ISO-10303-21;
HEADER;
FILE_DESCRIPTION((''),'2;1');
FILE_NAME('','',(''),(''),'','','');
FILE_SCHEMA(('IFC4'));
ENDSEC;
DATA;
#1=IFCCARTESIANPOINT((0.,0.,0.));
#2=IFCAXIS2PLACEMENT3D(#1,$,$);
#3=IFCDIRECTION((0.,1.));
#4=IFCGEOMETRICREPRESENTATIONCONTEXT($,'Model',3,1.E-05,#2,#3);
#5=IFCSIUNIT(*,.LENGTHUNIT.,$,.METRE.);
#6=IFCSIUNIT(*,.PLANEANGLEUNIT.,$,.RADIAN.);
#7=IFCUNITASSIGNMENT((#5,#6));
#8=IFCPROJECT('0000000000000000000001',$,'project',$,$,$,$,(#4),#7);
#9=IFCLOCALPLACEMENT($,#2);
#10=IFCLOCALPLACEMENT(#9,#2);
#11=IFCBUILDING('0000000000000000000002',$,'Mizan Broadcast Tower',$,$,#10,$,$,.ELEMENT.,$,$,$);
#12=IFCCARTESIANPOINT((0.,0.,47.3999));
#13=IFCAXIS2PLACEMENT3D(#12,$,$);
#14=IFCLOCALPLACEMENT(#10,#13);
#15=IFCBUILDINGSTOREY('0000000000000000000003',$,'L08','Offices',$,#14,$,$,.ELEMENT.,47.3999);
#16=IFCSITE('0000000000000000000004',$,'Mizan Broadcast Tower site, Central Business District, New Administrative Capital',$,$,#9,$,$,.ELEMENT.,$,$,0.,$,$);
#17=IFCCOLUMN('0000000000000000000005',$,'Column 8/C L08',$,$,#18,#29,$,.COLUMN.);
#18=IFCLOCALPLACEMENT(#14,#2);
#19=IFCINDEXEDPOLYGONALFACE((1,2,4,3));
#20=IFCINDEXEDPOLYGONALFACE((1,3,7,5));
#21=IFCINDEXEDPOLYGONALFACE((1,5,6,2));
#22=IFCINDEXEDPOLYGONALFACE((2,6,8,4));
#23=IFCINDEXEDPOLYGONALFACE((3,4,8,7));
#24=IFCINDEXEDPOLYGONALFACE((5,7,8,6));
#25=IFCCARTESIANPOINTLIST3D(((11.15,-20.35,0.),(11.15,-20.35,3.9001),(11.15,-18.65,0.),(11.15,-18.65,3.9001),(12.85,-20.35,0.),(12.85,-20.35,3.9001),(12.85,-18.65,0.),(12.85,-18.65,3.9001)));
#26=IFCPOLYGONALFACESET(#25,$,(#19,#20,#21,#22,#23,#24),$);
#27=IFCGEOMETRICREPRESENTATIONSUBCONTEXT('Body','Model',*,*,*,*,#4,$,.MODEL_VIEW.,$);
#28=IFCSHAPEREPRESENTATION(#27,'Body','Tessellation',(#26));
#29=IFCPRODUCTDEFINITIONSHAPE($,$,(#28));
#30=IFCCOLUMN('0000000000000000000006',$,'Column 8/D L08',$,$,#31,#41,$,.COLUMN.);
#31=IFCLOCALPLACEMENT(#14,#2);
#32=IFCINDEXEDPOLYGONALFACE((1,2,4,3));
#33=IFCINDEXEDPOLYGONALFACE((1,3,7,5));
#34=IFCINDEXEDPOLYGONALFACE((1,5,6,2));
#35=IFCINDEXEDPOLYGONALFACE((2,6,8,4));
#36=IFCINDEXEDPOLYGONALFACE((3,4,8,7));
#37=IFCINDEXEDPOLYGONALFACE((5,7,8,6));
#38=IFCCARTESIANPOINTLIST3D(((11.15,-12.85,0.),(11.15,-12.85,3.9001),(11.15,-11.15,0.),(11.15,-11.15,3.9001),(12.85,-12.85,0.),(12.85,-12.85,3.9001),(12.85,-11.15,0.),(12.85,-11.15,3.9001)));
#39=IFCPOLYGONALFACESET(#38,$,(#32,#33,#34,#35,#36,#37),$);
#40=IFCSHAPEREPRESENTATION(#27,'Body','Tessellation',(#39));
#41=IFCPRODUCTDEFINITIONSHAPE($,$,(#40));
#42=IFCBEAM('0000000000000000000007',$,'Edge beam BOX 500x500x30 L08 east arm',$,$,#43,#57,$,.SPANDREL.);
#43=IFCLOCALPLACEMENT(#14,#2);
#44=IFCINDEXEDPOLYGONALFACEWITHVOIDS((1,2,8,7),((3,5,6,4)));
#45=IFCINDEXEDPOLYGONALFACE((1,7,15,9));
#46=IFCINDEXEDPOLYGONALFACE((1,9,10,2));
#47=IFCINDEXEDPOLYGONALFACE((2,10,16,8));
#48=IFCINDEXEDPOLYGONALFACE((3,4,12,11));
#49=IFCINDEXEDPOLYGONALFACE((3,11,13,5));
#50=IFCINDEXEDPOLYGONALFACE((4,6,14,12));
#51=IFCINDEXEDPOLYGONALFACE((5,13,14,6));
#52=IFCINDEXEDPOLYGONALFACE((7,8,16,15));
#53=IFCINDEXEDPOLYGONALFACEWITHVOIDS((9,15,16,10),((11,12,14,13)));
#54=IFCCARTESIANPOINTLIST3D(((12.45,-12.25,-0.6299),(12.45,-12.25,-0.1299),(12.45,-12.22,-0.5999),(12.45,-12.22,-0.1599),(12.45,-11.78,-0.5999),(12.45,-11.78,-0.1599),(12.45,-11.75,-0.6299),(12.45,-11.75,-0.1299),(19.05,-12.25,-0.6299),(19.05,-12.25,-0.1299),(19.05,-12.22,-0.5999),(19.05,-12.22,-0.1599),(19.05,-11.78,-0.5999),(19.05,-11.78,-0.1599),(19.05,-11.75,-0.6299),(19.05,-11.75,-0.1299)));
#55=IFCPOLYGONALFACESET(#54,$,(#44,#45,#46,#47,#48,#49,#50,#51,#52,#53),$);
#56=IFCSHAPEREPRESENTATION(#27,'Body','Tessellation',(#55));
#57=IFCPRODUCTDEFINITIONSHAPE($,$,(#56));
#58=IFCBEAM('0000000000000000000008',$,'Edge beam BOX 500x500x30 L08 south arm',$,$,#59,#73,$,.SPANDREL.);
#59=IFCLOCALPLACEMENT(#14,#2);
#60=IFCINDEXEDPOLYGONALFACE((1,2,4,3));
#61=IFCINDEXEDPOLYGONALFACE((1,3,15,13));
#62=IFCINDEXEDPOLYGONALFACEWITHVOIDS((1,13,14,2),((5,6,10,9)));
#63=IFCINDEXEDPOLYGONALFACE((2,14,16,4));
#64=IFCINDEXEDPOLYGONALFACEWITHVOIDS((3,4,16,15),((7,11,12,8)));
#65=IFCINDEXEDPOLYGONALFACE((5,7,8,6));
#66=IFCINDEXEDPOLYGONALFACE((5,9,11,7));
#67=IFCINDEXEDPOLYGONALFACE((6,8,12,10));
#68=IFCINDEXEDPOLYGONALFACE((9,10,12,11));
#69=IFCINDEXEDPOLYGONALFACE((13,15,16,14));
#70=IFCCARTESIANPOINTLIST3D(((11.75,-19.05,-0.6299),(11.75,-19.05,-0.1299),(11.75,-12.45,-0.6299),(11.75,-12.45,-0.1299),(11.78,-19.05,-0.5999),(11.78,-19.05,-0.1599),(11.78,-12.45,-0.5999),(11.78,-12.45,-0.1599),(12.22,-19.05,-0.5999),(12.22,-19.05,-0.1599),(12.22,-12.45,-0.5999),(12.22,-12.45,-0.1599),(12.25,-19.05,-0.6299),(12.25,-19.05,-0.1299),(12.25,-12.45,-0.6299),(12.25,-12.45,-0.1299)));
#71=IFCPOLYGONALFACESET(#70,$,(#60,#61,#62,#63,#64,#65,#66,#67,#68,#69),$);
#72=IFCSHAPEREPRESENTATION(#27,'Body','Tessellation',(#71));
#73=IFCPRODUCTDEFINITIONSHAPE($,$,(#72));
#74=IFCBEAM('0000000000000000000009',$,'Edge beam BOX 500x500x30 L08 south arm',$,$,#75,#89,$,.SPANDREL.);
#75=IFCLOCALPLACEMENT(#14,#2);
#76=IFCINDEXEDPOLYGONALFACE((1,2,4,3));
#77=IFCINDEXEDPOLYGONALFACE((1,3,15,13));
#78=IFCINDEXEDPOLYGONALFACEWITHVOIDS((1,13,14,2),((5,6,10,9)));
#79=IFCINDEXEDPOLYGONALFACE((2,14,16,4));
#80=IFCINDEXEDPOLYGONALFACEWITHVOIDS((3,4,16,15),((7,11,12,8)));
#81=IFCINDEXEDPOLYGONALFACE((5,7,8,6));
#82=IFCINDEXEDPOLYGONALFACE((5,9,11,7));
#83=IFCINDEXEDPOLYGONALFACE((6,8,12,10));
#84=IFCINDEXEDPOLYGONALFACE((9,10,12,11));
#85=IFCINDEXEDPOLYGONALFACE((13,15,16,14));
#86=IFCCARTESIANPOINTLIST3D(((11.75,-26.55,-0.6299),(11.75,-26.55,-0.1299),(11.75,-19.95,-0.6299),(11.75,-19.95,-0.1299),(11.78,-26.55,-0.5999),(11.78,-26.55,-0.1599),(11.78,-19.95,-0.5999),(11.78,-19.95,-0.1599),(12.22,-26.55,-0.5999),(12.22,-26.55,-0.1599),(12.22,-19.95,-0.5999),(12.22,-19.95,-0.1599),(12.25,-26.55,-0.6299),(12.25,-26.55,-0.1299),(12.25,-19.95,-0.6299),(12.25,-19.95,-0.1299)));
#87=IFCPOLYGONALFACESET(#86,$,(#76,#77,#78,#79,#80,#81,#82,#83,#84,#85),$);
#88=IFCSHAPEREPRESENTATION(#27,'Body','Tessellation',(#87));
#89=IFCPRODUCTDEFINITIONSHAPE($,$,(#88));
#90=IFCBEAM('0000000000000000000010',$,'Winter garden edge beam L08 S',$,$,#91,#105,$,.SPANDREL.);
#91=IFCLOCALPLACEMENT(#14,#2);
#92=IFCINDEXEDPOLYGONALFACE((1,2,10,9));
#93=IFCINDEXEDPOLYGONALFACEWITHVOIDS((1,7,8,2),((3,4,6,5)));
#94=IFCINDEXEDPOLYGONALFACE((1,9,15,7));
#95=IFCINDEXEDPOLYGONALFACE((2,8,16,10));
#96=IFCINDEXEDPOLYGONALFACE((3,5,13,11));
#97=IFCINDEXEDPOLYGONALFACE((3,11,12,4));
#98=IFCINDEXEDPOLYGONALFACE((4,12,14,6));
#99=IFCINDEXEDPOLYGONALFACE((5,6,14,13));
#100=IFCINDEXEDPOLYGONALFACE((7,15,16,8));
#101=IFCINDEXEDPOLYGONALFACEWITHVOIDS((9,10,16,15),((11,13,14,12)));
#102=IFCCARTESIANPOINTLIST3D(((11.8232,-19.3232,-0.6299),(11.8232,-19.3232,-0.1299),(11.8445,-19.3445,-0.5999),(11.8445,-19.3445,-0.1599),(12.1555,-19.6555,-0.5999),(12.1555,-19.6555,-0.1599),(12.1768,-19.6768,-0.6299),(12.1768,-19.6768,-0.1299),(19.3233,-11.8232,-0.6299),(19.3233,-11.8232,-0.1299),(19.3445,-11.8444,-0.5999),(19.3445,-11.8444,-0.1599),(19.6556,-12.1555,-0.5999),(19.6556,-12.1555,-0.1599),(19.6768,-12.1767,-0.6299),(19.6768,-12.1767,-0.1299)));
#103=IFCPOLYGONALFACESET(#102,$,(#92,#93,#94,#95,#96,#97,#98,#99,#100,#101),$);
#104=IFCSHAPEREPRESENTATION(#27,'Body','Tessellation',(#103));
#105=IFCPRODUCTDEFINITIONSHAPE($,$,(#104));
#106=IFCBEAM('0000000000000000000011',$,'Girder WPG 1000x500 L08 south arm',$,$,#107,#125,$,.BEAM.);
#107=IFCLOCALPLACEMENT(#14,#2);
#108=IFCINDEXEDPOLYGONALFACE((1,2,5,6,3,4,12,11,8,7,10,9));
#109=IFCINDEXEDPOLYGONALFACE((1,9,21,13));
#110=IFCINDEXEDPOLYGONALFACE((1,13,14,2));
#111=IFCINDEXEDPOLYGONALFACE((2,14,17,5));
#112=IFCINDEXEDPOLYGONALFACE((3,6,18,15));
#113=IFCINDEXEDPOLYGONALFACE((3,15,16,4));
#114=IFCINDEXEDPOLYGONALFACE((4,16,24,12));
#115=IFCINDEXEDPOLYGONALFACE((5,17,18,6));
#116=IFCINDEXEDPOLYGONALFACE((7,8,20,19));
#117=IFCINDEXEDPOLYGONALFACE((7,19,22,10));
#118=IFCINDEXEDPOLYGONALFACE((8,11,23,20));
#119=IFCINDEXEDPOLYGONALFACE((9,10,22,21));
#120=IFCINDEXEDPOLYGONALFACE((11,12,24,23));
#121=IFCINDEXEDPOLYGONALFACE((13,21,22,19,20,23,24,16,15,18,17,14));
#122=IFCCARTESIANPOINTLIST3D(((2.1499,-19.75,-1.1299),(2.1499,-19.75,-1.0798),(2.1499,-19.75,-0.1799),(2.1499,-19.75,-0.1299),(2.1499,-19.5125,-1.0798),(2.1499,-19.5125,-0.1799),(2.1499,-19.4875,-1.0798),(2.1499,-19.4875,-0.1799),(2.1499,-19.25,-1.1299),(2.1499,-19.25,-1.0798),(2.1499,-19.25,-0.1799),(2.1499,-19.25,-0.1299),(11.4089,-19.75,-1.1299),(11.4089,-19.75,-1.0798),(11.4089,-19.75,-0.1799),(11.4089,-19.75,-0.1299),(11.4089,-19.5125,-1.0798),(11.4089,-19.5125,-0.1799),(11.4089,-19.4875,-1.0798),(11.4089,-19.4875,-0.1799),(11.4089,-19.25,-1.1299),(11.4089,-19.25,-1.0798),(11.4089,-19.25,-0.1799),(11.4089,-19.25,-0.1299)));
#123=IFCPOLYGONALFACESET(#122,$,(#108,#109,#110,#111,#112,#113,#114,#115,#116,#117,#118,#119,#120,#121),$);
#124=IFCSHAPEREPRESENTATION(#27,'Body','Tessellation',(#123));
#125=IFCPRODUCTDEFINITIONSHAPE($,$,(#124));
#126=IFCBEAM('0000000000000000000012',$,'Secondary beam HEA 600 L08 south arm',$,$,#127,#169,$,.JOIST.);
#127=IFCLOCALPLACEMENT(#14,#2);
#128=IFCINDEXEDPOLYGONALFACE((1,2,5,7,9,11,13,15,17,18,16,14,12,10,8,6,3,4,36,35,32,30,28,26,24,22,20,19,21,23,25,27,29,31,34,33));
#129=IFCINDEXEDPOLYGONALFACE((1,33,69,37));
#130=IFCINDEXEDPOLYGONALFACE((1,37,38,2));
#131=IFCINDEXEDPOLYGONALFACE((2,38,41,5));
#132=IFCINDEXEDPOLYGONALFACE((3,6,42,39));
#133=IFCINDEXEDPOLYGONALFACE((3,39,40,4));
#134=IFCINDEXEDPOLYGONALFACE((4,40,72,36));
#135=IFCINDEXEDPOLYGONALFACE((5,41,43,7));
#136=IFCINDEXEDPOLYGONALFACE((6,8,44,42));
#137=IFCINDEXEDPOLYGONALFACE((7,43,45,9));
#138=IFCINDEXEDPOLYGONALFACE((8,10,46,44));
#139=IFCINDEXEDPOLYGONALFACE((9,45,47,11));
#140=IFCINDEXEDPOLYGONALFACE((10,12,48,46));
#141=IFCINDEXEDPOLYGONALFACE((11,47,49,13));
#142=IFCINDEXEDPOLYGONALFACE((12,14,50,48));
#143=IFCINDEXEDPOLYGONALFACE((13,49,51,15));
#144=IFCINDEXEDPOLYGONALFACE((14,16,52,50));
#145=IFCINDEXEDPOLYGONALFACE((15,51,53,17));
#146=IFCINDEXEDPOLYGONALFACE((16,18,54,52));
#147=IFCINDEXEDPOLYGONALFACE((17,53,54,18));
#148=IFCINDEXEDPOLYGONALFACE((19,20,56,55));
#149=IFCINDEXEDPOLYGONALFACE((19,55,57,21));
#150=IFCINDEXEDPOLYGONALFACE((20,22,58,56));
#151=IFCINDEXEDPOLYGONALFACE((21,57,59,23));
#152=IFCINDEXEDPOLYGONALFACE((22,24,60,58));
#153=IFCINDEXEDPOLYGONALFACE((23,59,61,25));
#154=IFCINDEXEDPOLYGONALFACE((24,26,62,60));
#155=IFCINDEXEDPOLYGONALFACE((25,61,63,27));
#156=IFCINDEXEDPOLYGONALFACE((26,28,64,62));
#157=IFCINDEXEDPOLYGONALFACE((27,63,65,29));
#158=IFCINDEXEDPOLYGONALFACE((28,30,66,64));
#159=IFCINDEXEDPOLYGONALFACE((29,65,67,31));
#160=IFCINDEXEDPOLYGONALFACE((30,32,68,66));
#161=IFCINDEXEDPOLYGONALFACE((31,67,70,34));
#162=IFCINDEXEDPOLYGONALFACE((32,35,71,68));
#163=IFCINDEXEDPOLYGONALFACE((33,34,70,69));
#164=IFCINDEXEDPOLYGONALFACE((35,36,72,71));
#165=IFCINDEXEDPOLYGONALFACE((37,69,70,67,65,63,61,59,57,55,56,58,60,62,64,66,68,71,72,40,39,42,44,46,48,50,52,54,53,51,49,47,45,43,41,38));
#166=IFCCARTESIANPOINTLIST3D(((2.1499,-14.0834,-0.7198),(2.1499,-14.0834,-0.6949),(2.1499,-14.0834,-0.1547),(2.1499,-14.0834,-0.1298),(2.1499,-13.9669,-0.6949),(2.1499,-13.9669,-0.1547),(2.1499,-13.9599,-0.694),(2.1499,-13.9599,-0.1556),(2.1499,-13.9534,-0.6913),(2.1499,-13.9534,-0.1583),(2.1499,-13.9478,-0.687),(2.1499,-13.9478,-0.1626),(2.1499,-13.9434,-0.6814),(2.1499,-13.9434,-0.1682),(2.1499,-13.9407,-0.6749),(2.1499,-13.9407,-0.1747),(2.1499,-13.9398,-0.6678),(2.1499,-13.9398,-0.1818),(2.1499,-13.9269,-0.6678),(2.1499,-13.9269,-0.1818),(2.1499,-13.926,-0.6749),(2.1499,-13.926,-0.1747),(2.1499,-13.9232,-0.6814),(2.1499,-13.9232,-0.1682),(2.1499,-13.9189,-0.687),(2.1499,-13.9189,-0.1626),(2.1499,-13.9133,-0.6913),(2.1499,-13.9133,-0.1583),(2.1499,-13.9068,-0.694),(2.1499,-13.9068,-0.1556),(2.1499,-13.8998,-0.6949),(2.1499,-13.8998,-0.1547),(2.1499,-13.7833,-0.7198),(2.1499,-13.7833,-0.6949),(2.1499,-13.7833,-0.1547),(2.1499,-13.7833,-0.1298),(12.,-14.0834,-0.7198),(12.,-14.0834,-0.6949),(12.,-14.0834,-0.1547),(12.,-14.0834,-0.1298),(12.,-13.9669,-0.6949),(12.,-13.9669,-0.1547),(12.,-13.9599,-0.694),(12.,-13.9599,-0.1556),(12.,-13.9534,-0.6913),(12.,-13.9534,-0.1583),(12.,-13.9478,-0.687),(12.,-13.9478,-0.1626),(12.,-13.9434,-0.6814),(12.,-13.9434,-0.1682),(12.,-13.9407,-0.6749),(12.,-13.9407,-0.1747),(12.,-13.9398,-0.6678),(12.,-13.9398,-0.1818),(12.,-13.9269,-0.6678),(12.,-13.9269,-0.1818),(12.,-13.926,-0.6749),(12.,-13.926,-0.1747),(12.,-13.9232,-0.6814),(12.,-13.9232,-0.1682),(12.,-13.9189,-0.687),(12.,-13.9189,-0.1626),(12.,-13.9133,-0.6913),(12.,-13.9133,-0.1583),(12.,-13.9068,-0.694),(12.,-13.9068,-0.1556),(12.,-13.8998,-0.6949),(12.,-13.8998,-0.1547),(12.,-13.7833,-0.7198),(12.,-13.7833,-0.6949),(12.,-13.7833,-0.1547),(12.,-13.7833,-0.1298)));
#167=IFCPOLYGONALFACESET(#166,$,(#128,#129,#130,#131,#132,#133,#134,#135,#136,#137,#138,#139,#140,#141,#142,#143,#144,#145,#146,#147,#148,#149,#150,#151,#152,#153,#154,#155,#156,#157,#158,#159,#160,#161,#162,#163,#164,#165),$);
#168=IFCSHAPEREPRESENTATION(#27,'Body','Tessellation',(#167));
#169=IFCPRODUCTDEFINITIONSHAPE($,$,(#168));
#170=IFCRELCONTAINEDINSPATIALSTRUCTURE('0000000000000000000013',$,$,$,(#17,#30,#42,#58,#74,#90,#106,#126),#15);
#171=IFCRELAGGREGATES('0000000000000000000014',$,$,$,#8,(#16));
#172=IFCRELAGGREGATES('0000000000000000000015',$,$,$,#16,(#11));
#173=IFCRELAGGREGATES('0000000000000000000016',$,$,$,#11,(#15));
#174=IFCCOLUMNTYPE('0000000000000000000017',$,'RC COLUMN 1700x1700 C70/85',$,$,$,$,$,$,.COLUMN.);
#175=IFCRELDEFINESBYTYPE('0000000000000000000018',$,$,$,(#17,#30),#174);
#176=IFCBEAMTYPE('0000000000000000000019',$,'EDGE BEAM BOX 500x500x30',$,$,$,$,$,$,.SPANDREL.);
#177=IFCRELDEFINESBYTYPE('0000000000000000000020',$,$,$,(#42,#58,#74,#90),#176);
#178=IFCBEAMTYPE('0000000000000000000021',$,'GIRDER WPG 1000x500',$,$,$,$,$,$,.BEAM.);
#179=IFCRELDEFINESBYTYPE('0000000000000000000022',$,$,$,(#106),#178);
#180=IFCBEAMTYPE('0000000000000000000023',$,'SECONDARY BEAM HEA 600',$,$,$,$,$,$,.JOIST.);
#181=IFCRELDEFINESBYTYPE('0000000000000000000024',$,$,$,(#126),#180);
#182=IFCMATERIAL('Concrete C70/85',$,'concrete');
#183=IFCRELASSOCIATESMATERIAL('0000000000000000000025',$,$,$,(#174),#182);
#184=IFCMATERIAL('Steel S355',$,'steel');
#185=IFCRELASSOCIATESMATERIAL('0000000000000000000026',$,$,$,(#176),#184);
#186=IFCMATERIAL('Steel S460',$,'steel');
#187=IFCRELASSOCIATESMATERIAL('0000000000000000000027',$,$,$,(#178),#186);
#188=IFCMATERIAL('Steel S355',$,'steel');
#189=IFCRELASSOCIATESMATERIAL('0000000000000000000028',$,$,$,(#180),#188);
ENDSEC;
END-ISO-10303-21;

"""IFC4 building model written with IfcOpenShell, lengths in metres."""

from ifc_helpers import new_model, si_unit, direction, frame, origin, origin_2d, place, context, subcontext, project, spatial, rectangle, hollow_rectangle, i_section, extrude, material, material_profile, profile_set, type_object, element, save


model = new_model("IFC4")

# Units and contexts
model_context = context("Model", 3, precision=1e-05, world=origin(), true_north=direction((0.0, 1.0)))
body_context = subcontext(model_context, "Body", "Model", "MODEL_VIEW")
ifc_project = project(units=[si_unit("LENGTHUNIT", "METRE"), si_unit("PLANEANGLEUNIT", "RADIAN")], contexts=[model_context])

# Site, building, storey
site_placement = place(None, origin())
site = spatial("IfcSite", under=ifc_project, at=site_placement, Name="Mizan Broadcast Tower site, Central Business District, New Administrative Capital", CompositionType="ELEMENT", RefElevation=0.0)
building_placement = place(site_placement, origin())
building = spatial("IfcBuilding", under=site, at=building_placement, Name="Mizan Broadcast Tower", CompositionType="ELEMENT")
storey_placement = place(building_placement, frame((0.0, 0.0, 47.3999)))
storey = spatial("IfcBuildingStorey", under=building, at=storey_placement, Name="L08", Description="Offices", CompositionType="ELEMENT", Elevation=47.3999)

# Columns
ifc_material_1 = material(Name="Concrete C70/85", Category="concrete")
ifc_material_profile_1 = material_profile(ifc_material_1, rectangle(XDim=1.7, YDim=1.7, at=origin_2d()), Name="RC 1700x1700")
ifc_profile_set_1 = profile_set([ifc_material_profile_1], Name="Concrete C70/85")
column_type = type_object("IfcColumnType", Name="RC COLUMN 1700x1700 C70/85", PredefinedType="COLUMN", material=ifc_profile_set_1)
for number, where, z_axis, x_axis, name in (
    (1, (12.0, -19.5, 0.0), (0.0, 0.0, 1.0), (1.0, 0.0, 0.0), "Column 8/C L08"),
    (2, (12.0, -12.0, 0.0), (0.0, 0.0, 1.0), (1.0, 0.0, 0.0), "Column 8/D L08"),
):
    element("IfcColumn", number, at=place(storey_placement, frame(where, z_axis=z_axis, x_axis=x_axis)), inside=storey, type_object=column_type, Name=name, PredefinedType="COLUMN", context=body_context, shape_type="SweptSolid", body=[
        extrude(rectangle(XDim=1.7, YDim=1.7, at=origin_2d()), origin(), (0.0, 0.0, 1.0), 3.9001),
    ])

# Beams
ifc_material_2 = material(Name="Steel S355", Category="steel")
ifc_material_profile_2 = material_profile(ifc_material_2, hollow_rectangle(XDim=0.5, YDim=0.5, WallThickness=0.03, at=origin_2d()), Name="BOX 500x500x30")
ifc_profile_set_2 = profile_set([ifc_material_profile_2], Name="Steel S355")
beam_type_1 = type_object("IfcBeamType", Name="EDGE BEAM BOX 500x500x30", PredefinedType="SPANDREL", material=ifc_profile_set_2)
for number, where, z_axis, x_axis, name in (
    (3, (12.45, -12.0, -0.3799), (1.0, 0.0, 0.0), (0.0, 1.0, 0.0), "Edge beam BOX 500x500x30 L08 east arm"),
    (4, (12.0, -12.45, -0.3799), (0.0, -1.0, 0.0), (1.0, 0.0, 0.0), "Edge beam BOX 500x500x30 L08 south arm"),
    (5, (12.0, -19.95, -0.3799), (0.0, -1.0, 0.0), (1.0, 0.0, 0.0), "Edge beam BOX 500x500x30 L08 south arm"),
):
    element("IfcBeam", number, at=place(storey_placement, frame(where, z_axis=z_axis, x_axis=x_axis)), inside=storey, type_object=beam_type_1, Name=name, PredefinedType="SPANDREL", context=body_context, shape_type="SweptSolid", body=[
        extrude(hollow_rectangle(XDim=0.5, YDim=0.5, WallThickness=0.03, at=origin_2d()), origin(), (0.0, 0.0, 1.0), 6.6001),
    ])
beam_1_placement = place(storey_placement, frame((12.0, -19.5, -0.3799), z_axis=(0.707107, 0.707107, 0.0), x_axis=(-0.707107, 0.707107, 0.0)))
element("IfcBeam", 6, at=beam_1_placement, inside=storey, type_object=beam_type_1, Name="Winter garden edge beam L08 S", PredefinedType="SPANDREL", context=body_context, shape_type="SweptSolid", body=[
    extrude(hollow_rectangle(XDim=0.5, YDim=0.5, WallThickness=0.03, at=origin_2d()), origin(), (0.0, 0.0, 1.0), 10.6067),
])
ifc_material_3 = material(Name="Steel S460", Category="steel")
ifc_material_profile_3 = material_profile(ifc_material_3, i_section(OverallWidth=0.5, OverallDepth=1.0, WebThickness=0.0249, FlangeThickness=0.05, at=origin_2d()), Name="WPG 1000x500")
ifc_profile_set_3 = profile_set([ifc_material_profile_3], Name="Steel S460")
beam_type_2 = type_object("IfcBeamType", Name="GIRDER WPG 1000x500", PredefinedType="BEAM", material=ifc_profile_set_3)
beam_2_placement = place(storey_placement, frame((11.4089, -19.5, -0.6299), z_axis=(-1.0, 0.0, 0.0), x_axis=(0.0, -1.0, 0.0)))
element("IfcBeam", 7, at=beam_2_placement, inside=storey, type_object=beam_type_2, Name="Girder WPG 1000x500 L08 south arm", PredefinedType="BEAM", context=body_context, shape_type="SweptSolid", body=[
    extrude(i_section(OverallWidth=0.5, OverallDepth=1.0, WebThickness=0.0249, FlangeThickness=0.05, at=origin_2d()), origin(), (0.0, 0.0, 1.0), 9.259),
])
ifc_material_4 = material(Name="Steel S355", Category="steel")
ifc_material_profile_4 = material_profile(ifc_material_4, i_section(OverallWidth=0.3, OverallDepth=0.5901, WebThickness=0.0129, FlangeThickness=0.0249, FilletRadius=0.0271, at=origin_2d()), Name="HEA 600")
ifc_profile_set_4 = profile_set([ifc_material_profile_4], Name="Steel S355")
beam_type_3 = type_object("IfcBeamType", Name="SECONDARY BEAM HEA 600", PredefinedType="JOIST", material=ifc_profile_set_4)
for number, where, z_axis, x_axis, name in (
    (8, (12.0, -13.9333, -0.4248), (-1.0, 0.0, 0.0), (0.0, -1.0, 0.0), "Secondary beam HEA 600 L08 south arm"),
):
    element("IfcBeam", number, at=place(storey_placement, frame(where, z_axis=z_axis, x_axis=x_axis)), inside=storey, type_object=beam_type_3, Name=name, PredefinedType="JOIST", context=body_context, shape_type="SweptSolid", body=[
        extrude(i_section(OverallWidth=0.3, OverallDepth=0.5901, WebThickness=0.0129, FlangeThickness=0.0249, FilletRadius=0.0271, at=origin_2d()), origin(), (0.0, 0.0, 1.0), 9.8501),
    ])

save(model, "model.ifc")
